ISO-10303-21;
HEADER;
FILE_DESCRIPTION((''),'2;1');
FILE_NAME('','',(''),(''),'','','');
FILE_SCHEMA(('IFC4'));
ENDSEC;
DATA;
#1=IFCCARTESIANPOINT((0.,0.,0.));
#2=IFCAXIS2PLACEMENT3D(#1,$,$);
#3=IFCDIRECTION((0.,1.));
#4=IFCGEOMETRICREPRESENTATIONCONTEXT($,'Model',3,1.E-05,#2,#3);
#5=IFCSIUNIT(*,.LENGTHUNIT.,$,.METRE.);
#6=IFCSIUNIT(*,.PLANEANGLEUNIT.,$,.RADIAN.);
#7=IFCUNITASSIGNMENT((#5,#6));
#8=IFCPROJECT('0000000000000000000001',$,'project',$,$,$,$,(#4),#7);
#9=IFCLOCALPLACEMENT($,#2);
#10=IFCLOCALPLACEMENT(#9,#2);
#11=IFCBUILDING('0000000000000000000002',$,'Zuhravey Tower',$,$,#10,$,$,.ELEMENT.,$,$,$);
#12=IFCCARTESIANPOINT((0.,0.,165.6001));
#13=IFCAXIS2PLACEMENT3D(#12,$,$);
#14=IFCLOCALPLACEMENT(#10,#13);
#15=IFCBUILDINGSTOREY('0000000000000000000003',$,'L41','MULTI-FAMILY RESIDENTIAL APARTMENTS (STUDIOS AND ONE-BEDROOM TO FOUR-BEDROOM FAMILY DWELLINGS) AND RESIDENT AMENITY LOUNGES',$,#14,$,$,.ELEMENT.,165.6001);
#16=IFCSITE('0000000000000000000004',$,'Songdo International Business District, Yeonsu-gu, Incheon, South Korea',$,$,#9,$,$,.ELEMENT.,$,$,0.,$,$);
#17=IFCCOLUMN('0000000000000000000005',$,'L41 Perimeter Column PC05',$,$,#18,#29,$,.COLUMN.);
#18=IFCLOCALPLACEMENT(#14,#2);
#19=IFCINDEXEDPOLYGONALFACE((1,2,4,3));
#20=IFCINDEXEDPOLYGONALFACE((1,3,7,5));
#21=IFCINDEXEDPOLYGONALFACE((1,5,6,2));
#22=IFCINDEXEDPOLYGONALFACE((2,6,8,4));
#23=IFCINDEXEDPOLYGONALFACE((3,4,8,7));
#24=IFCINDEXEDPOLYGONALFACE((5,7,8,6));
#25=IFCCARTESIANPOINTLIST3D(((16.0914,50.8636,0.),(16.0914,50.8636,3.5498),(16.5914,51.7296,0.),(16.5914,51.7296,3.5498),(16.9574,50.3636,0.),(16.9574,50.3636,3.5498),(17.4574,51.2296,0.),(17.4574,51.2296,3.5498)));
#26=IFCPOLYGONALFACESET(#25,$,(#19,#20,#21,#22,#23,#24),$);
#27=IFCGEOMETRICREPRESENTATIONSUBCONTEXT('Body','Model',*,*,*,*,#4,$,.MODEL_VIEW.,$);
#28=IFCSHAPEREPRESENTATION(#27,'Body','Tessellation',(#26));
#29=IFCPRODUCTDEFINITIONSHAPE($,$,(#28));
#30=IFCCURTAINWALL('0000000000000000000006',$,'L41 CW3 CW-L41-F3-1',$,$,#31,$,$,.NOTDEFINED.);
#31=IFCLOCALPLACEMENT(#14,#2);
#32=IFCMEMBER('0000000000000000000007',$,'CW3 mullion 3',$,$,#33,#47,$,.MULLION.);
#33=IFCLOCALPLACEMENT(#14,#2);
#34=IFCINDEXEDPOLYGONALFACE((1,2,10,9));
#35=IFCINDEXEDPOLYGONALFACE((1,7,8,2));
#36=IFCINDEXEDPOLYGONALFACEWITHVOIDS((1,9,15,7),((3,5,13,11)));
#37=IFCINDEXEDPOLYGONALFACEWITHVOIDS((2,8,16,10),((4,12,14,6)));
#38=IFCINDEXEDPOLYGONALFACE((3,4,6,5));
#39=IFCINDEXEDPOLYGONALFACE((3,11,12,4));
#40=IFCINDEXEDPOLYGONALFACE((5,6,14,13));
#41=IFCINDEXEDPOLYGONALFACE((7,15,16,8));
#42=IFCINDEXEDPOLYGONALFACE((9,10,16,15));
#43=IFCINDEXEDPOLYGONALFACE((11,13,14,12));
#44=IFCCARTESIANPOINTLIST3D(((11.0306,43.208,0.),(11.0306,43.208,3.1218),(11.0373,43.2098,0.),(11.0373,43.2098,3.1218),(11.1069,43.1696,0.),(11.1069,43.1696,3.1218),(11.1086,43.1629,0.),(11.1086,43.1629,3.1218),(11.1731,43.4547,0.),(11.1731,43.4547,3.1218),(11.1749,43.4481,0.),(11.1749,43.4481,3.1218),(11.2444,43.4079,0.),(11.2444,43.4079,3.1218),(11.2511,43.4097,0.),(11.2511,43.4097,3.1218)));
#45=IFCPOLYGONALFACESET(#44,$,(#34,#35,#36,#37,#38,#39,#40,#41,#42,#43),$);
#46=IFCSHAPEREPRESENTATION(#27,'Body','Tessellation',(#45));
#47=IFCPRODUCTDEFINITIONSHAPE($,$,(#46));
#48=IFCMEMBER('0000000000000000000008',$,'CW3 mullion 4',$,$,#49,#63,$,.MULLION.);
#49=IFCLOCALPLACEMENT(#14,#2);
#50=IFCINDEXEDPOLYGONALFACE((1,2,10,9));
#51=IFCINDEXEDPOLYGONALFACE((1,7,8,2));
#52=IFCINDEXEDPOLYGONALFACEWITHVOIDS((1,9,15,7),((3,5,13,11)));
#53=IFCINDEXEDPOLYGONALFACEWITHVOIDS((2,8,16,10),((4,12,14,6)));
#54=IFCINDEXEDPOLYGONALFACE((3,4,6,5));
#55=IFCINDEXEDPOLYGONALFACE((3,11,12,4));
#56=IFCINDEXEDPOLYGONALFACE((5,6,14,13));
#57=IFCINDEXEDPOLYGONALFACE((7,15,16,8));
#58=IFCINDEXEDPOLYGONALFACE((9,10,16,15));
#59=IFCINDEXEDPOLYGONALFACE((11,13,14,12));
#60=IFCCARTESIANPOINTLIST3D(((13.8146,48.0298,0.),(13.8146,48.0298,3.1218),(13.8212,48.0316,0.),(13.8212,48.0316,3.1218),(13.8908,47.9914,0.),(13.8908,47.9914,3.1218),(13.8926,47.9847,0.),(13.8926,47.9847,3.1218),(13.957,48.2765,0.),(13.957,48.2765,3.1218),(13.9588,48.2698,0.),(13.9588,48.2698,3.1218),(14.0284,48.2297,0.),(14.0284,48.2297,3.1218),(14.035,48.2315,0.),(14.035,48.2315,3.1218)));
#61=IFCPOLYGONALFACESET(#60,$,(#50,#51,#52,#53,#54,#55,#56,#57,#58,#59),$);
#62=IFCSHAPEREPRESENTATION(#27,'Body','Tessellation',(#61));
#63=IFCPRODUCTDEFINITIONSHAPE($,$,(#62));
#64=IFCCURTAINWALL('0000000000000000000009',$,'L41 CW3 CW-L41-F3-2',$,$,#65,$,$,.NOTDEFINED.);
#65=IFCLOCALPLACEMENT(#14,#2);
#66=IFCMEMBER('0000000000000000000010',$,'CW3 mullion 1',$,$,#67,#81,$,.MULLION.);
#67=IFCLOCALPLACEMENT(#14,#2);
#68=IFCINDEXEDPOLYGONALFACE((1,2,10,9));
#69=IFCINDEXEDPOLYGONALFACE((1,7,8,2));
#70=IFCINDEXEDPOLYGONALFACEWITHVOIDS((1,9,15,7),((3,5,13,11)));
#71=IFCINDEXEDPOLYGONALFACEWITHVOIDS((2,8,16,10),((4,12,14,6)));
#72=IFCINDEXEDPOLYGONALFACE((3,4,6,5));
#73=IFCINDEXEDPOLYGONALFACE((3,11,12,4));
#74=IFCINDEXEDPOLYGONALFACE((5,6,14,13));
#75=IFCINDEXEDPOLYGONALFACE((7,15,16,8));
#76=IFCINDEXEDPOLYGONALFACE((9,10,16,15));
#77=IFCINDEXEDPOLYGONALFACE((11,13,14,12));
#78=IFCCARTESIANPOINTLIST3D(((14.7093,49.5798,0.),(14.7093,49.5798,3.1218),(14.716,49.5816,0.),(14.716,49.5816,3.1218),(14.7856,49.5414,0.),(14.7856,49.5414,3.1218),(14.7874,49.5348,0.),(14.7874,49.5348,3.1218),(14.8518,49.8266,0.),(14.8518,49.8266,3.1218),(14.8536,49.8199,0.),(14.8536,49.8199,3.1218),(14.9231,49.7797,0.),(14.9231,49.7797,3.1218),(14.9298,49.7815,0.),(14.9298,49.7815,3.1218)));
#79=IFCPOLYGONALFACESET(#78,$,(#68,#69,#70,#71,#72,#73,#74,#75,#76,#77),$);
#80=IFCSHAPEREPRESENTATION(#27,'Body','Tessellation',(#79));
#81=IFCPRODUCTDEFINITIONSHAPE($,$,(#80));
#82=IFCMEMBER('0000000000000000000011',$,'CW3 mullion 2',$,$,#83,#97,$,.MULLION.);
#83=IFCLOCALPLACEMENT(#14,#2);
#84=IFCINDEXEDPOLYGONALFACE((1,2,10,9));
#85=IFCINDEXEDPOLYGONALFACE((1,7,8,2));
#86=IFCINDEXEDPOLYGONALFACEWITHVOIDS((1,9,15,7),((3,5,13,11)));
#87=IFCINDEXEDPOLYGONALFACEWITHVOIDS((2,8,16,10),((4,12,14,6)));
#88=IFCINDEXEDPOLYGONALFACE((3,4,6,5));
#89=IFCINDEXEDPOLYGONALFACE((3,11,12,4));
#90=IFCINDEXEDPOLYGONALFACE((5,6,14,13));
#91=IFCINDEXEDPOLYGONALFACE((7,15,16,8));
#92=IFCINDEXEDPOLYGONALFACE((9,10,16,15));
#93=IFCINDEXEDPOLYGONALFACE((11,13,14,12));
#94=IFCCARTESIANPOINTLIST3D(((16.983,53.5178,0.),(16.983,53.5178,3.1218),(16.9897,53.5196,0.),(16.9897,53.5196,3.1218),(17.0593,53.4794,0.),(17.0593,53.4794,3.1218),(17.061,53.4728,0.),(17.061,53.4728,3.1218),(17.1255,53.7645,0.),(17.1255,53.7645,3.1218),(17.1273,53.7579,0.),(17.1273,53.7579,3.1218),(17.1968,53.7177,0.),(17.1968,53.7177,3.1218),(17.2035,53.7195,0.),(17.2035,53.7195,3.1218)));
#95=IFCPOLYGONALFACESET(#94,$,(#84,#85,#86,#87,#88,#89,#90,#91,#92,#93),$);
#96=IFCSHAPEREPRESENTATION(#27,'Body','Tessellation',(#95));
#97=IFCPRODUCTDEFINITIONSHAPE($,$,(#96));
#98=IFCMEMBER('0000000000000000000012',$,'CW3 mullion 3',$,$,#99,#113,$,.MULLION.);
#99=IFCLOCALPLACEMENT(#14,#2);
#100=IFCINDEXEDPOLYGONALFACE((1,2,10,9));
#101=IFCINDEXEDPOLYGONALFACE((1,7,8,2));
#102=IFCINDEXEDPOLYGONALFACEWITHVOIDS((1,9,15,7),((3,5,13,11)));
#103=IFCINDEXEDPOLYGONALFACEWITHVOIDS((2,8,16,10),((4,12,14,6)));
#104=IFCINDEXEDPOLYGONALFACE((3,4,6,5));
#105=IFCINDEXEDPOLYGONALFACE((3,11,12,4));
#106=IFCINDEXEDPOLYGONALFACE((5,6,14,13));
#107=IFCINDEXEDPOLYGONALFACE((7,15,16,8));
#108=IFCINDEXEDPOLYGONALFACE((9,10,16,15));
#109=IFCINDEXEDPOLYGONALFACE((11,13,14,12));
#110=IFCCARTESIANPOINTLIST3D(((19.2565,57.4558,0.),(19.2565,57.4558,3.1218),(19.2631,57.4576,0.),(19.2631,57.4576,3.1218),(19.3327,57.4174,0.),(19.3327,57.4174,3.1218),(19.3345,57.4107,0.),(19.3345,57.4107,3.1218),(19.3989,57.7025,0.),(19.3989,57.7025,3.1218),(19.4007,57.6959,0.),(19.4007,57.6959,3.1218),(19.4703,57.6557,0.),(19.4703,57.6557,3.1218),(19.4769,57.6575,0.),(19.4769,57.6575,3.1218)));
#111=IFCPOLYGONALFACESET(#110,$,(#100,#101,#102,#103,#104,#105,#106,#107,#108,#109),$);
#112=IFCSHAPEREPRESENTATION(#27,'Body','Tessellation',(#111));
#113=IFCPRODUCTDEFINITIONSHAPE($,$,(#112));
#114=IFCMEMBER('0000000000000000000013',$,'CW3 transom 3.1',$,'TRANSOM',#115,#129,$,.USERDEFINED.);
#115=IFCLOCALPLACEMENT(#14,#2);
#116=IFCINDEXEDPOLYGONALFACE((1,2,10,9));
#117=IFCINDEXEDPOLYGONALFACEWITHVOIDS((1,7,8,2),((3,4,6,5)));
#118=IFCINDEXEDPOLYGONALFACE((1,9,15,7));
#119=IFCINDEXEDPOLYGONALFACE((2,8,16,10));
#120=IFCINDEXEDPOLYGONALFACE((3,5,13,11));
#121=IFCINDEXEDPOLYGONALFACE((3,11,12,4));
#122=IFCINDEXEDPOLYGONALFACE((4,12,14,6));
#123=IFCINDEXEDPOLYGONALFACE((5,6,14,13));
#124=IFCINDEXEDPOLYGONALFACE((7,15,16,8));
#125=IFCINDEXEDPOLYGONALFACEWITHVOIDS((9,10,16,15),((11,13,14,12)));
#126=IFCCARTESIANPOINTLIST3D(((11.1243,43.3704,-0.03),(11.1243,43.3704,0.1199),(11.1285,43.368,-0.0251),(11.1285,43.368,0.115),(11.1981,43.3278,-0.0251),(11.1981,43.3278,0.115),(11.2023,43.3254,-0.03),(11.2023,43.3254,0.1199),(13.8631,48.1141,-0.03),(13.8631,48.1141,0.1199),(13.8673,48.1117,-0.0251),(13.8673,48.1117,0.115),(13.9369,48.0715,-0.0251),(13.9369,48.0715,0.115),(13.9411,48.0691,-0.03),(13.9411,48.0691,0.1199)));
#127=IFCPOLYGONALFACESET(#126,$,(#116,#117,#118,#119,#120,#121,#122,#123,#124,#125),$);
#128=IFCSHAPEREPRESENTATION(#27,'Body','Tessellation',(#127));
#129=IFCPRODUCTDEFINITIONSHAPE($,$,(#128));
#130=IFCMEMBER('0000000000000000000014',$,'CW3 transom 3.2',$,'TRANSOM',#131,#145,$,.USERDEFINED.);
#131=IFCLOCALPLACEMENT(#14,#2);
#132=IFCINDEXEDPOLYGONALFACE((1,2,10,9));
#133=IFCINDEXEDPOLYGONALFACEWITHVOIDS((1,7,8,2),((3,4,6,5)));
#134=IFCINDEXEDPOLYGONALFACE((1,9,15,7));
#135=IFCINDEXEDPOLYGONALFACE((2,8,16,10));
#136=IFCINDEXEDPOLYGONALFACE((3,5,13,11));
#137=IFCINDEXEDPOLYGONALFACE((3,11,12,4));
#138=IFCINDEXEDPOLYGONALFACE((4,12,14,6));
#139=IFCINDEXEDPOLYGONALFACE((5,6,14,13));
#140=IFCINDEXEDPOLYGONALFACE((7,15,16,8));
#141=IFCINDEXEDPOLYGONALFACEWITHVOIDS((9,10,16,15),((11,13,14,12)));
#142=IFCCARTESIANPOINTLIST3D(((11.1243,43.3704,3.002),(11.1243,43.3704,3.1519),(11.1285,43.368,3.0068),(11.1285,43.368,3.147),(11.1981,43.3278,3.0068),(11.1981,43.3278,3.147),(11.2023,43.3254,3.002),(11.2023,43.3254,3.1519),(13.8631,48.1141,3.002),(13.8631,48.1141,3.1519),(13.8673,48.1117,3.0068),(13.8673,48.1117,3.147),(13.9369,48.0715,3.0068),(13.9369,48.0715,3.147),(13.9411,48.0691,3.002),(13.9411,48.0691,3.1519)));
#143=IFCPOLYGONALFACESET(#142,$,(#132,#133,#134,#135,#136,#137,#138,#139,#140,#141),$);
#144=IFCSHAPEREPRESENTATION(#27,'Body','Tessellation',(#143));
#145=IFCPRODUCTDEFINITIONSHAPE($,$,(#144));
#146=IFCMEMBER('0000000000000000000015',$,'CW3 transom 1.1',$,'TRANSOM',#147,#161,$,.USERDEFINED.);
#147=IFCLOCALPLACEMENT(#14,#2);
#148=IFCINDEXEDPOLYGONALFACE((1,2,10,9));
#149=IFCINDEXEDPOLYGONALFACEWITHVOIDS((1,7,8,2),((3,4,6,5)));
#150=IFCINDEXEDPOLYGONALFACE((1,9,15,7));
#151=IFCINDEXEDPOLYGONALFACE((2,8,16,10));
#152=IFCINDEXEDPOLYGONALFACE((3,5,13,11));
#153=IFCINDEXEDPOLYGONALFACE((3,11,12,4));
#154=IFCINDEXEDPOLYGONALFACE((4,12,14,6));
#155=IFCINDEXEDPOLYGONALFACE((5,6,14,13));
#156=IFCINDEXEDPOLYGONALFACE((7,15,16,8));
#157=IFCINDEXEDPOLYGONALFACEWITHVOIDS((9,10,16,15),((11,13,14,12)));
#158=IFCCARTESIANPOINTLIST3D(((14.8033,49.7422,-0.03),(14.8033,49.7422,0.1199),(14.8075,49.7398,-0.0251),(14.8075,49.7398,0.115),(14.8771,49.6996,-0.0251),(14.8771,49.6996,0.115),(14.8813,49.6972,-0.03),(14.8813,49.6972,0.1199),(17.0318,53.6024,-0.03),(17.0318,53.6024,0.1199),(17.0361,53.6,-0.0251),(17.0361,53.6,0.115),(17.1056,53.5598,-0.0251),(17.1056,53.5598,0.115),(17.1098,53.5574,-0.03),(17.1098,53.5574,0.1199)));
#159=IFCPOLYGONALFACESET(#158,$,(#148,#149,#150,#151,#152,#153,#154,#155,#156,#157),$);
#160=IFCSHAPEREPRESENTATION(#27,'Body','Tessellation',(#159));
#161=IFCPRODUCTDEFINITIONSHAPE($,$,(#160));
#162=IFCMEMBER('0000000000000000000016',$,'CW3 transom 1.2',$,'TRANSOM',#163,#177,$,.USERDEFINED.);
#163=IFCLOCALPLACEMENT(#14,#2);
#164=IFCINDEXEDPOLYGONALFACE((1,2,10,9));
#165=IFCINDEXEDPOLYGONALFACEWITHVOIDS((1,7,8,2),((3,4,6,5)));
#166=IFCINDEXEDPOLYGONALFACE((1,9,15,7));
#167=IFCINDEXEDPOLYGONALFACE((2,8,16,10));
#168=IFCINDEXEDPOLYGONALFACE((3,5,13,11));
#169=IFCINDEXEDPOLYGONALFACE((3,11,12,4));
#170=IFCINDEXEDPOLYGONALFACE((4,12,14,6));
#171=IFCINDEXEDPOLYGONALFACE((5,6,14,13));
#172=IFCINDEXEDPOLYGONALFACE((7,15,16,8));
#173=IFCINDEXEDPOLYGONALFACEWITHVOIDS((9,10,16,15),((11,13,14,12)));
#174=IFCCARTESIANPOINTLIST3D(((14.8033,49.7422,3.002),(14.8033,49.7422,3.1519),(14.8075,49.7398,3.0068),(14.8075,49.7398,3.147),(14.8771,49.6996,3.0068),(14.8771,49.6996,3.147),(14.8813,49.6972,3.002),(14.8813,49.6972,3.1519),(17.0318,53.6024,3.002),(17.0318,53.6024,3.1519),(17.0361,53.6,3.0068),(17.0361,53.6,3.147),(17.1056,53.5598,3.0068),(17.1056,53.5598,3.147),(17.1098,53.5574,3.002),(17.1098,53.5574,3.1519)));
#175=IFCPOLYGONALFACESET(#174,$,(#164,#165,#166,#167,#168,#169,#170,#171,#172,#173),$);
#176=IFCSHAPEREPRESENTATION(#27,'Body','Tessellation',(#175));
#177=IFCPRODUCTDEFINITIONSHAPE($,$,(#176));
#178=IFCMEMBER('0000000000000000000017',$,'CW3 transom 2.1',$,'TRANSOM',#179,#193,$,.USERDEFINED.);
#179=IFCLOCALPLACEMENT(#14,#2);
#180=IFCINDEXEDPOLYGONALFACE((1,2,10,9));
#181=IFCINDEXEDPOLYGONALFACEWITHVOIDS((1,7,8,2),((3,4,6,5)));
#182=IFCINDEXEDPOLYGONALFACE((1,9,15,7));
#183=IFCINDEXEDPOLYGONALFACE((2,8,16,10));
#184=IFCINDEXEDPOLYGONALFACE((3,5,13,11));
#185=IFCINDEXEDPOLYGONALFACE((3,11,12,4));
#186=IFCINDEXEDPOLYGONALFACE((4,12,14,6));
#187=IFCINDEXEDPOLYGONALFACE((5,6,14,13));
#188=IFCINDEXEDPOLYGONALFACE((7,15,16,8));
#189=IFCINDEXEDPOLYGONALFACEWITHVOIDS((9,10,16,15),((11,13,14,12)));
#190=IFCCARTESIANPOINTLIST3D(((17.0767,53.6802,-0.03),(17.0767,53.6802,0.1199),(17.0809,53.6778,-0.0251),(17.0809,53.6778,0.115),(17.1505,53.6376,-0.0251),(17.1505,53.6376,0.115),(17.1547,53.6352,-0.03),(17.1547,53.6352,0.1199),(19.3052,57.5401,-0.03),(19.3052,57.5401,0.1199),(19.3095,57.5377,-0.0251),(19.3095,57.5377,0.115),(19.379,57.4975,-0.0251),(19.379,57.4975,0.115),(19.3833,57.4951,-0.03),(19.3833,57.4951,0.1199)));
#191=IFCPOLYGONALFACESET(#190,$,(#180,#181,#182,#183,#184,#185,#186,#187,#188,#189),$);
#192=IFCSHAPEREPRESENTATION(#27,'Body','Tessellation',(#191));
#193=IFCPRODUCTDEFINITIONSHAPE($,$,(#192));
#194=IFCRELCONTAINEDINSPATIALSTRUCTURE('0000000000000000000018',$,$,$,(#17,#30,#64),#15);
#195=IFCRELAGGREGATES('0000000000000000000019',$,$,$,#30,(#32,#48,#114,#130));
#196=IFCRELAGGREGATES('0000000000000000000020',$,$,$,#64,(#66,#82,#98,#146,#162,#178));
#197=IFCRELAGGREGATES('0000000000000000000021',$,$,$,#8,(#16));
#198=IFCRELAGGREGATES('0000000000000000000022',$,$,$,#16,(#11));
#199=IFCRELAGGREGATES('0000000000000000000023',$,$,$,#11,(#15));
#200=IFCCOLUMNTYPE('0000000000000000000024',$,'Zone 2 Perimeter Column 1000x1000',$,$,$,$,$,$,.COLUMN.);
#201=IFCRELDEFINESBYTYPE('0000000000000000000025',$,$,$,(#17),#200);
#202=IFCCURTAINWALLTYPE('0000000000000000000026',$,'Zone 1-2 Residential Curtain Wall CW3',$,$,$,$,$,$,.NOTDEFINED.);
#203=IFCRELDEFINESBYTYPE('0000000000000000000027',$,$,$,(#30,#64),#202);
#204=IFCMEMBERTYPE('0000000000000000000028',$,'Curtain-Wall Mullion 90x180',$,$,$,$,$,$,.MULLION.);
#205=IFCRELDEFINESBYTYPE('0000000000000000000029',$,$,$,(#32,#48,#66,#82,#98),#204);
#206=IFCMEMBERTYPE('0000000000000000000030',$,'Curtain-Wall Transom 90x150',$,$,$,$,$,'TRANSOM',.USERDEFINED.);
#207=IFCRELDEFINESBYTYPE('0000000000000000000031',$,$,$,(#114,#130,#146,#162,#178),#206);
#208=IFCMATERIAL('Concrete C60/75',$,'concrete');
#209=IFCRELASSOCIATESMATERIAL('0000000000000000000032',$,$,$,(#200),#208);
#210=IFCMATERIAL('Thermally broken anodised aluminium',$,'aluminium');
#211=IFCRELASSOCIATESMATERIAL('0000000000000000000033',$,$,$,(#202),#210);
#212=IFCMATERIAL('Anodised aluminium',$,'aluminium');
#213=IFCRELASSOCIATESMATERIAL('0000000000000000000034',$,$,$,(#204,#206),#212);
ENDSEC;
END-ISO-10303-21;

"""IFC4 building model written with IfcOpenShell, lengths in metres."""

from ifc_helpers import new_model, si_unit, direction, frame, origin, origin_2d, place, context, subcontext, project, spatial, rectangle, hollow_rectangle, extrude, material, material_profile, profile_set, type_object, element, aggregate, save


model = new_model("IFC4")

# Units and contexts
model_context = context("Model", 3, precision=1e-05, world=origin(), true_north=direction((0.0, 1.0)))
body_context = subcontext(model_context, "Body", "Model", "MODEL_VIEW")
ifc_project = project(units=[si_unit("LENGTHUNIT", "METRE"), si_unit("PLANEANGLEUNIT", "RADIAN")], contexts=[model_context])

# Site, building, storey
site_placement = place(None, origin())
site = spatial("IfcSite", under=ifc_project, at=site_placement, Name="Songdo International Business District, Yeonsu-gu, Incheon, South Korea", CompositionType="ELEMENT", RefElevation=0.0)
building_placement = place(site_placement, origin())
building = spatial("IfcBuilding", under=site, at=building_placement, Name="Zuhravey Tower", CompositionType="ELEMENT")
storey_placement = place(building_placement, frame((0.0, 0.0, 165.6001)))
storey = spatial("IfcBuildingStorey", under=building, at=storey_placement, Name="L41", Description="MULTI-FAMILY RESIDENTIAL APARTMENTS (STUDIOS AND ONE-BEDROOM TO FOUR-BEDROOM FAMILY DWELLINGS) AND RESIDENT AMENITY LOUNGES", CompositionType="ELEMENT", Elevation=165.6001)

# Column
ifc_material_1 = material(Name="Concrete C60/75", Category="concrete")
ifc_material_profile_1 = material_profile(ifc_material_1, rectangle(XDim=1.0, YDim=1.0, at=origin_2d()), Name="RC-1000x1000")
ifc_profile_set_1 = profile_set([ifc_material_profile_1], Name="Concrete C60/75")
column_type = type_object("IfcColumnType", Name="Zone 2 Perimeter Column 1000x1000", PredefinedType="COLUMN", material=ifc_profile_set_1)
column_placement = place(storey_placement, frame((16.7744, 51.0466, 0.0), z_axis=(0.0, 0.0, 1.0), x_axis=(-0.5, -0.866025, 0.0)))
element("IfcColumn", 1, at=column_placement, inside=storey, type_object=column_type, Name="L41 Perimeter Column PC05", PredefinedType="COLUMN", context=body_context, shape_type="SweptSolid", body=[
    extrude(rectangle(XDim=1.0, YDim=1.0, at=origin_2d()), origin(), (0.0, 0.0, 1.0), 3.5498),
])

# Curtain walls, members
ifc_material_2 = material(Name="Thermally broken anodised aluminium", Category="aluminium")
curtain_wall_type = type_object("IfcCurtainWallType", Name="Zone 1-2 Residential Curtain Wall CW3", PredefinedType="NOTDEFINED", material=ifc_material_2)
curtain_wall_1_placement = place(storey_placement, origin())
curtain_wall_1 = element("IfcCurtainWall", 2, at=curtain_wall_1_placement, inside=storey, type_object=curtain_wall_type, Name="L41 CW3 CW-L41-F3-1", PredefinedType="NOTDEFINED")
ifc_material_3 = material(Name="Anodised aluminium", Category="aluminium")
ifc_material_profile_2 = material_profile(ifc_material_3, hollow_rectangle(XDim=0.0901, YDim=0.2849, WallThickness=0.0049, at=origin_2d()), Name="ALU-RHS-90x285x5")
ifc_profile_set_2 = profile_set([ifc_material_profile_2], Name="Anodised aluminium")
member_type_1 = type_object("IfcMemberType", Name="Curtain-Wall Mullion 90x180", PredefinedType="MULLION", material=ifc_profile_set_2)
member_1_placement = place(storey_placement, frame((11.1409, 43.3088, 0.0), z_axis=(0.0, 0.0, 1.0), x_axis=(-0.866023, 0.500003, 0.0)))
member_1 = element("IfcMember", 3, at=member_1_placement, type_object=member_type_1, Name="CW3 mullion 3", PredefinedType="MULLION", context=body_context, shape_type="SweptSolid", body=[
    extrude(hollow_rectangle(XDim=0.0901, YDim=0.2849, WallThickness=0.0049, at=origin_2d()), origin(), (0.0, 0.0, 1.0), 3.1218),
])
member_2_placement = place(storey_placement, frame((13.9248, 48.1306, 0.0), z_axis=(0.0, 0.0, 1.0), x_axis=(-0.866023, 0.500003, 0.0)))
member_2 = element("IfcMember", 4, at=member_2_placement, type_object=member_type_1, Name="CW3 mullion 4", PredefinedType="MULLION", context=body_context, shape_type="SweptSolid", body=[
    extrude(hollow_rectangle(XDim=0.0901, YDim=0.2849, WallThickness=0.0049, at=origin_2d()), origin(), (0.0, 0.0, 1.0), 3.1218),
])
curtain_wall_2_placement = place(storey_placement, origin())
curtain_wall_2 = element("IfcCurtainWall", 5, at=curtain_wall_2_placement, inside=storey, type_object=curtain_wall_type, Name="L41 CW3 CW-L41-F3-2", PredefinedType="NOTDEFINED")
member_3_placement = place(storey_placement, frame((14.8196, 49.6807, 0.0), z_axis=(0.0, 0.0, 1.0), x_axis=(-0.866027, 0.499998, 0.0)))
member_3 = element("IfcMember", 6, at=member_3_placement, type_object=member_type_1, Name="CW3 mullion 1", PredefinedType="MULLION", context=body_context, shape_type="SweptSolid", body=[
    extrude(hollow_rectangle(XDim=0.0901, YDim=0.2849, WallThickness=0.0049, at=origin_2d()), origin(), (0.0, 0.0, 1.0), 3.1218),
])
member_4_placement = place(storey_placement, frame((17.0933, 53.6187, 0.0), z_axis=(0.0, 0.0, 1.0), x_axis=(-0.866027, 0.499998, 0.0)))
member_4 = element("IfcMember", 7, at=member_4_placement, type_object=member_type_1, Name="CW3 mullion 2", PredefinedType="MULLION", context=body_context, shape_type="SweptSolid", body=[
    extrude(hollow_rectangle(XDim=0.0901, YDim=0.2849, WallThickness=0.0049, at=origin_2d()), origin(), (0.0, 0.0, 1.0), 3.1218),
])
member_5_placement = place(storey_placement, frame((19.3667, 57.5566, 0.0), z_axis=(0.0, 0.0, 1.0), x_axis=(-0.866027, 0.499998, 0.0)))
member_5 = element("IfcMember", 8, at=member_5_placement, type_object=member_type_1, Name="CW3 mullion 3", PredefinedType="MULLION", context=body_context, shape_type="SweptSolid", body=[
    extrude(hollow_rectangle(XDim=0.0901, YDim=0.2849, WallThickness=0.0049, at=origin_2d()), origin(), (0.0, 0.0, 1.0), 3.1218),
])

# Members
ifc_material_profile_3 = material_profile(ifc_material_3, hollow_rectangle(XDim=0.0901, YDim=0.1499, WallThickness=0.0049, at=origin_2d()), Name="ALU-RHS-90x150x5")
ifc_profile_set_3 = profile_set([ifc_material_profile_3], Name="Anodised aluminium")
member_type_2 = type_object("IfcMemberType", Name="Curtain-Wall Transom 90x150", ElementType="TRANSOM", PredefinedType="USERDEFINED", material=ifc_profile_set_3)
member_6_placement = place(storey_placement, frame((11.1633, 43.3479, 0.0449), z_axis=(0.500003, 0.866024, 0.0), x_axis=(-0.866024, 0.500003, 0.0)))
member_6 = element("IfcMember", 9, at=member_6_placement, type_object=member_type_2, Name="CW3 transom 3.1", ObjectType="TRANSOM", PredefinedType="USERDEFINED", context=body_context, shape_type="SweptSolid", body=[
    extrude(hollow_rectangle(XDim=0.0901, YDim=0.1499, WallThickness=0.0049, at=origin_2d()), origin(), (0.0, 0.0, 1.0), 5.4775),
])
member_7_placement = place(storey_placement, frame((11.1633, 43.3479, 3.0769), z_axis=(0.500003, 0.866024, 0.0), x_axis=(-0.866024, 0.500003, 0.0)))
member_7 = element("IfcMember", 10, at=member_7_placement, type_object=member_type_2, Name="CW3 transom 3.2", ObjectType="TRANSOM", PredefinedType="USERDEFINED", context=body_context, shape_type="SweptSolid", body=[
    extrude(hollow_rectangle(XDim=0.0901, YDim=0.1499, WallThickness=0.0049, at=origin_2d()), origin(), (0.0, 0.0, 1.0), 5.4775),
])
member_8_placement = place(storey_placement, frame((14.8423, 49.7197, 0.0449), z_axis=(0.49998, 0.866037, 0.0), x_axis=(-0.866037, 0.49998, 0.0)))
member_8 = element("IfcMember", 11, at=member_8_placement, type_object=member_type_2, Name="CW3 transom 1.1", ObjectType="TRANSOM", PredefinedType="USERDEFINED", context=body_context, shape_type="SweptSolid", body=[
    extrude(hollow_rectangle(XDim=0.0901, YDim=0.1499, WallThickness=0.0049, at=origin_2d()), origin(), (0.0, 0.0, 1.0), 4.4573),
])
member_9_placement = place(storey_placement, frame((14.8423, 49.7197, 3.0769), z_axis=(0.49998, 0.866037, 0.0), x_axis=(-0.866037, 0.49998, 0.0)))
member_9 = element("IfcMember", 12, at=member_9_placement, type_object=member_type_2, Name="CW3 transom 1.2", ObjectType="TRANSOM", PredefinedType="USERDEFINED", context=body_context, shape_type="SweptSolid", body=[
    extrude(hollow_rectangle(XDim=0.0901, YDim=0.1499, WallThickness=0.0049, at=origin_2d()), origin(), (0.0, 0.0, 1.0), 4.4573),
])
member_10_placement = place(storey_placement, frame((17.1157, 53.6577, 0.0449), z_axis=(0.500004, 0.866023, 0.0), x_axis=(-0.866023, 0.500004, 0.0)))
member_10 = element("IfcMember", 13, at=member_10_placement, type_object=member_type_2, Name="CW3 transom 2.1", ObjectType="TRANSOM", PredefinedType="USERDEFINED", context=body_context, shape_type="SweptSolid", body=[
    extrude(hollow_rectangle(XDim=0.0901, YDim=0.1499, WallThickness=0.0049, at=origin_2d()), origin(), (0.0, 0.0, 1.0), 4.457),
])

aggregate(curtain_wall_1, [member_1, member_2, member_6, member_7])
aggregate(curtain_wall_2, [member_3, member_4, member_5, member_8, member_9, member_10])

save(model, "model.ifc")
